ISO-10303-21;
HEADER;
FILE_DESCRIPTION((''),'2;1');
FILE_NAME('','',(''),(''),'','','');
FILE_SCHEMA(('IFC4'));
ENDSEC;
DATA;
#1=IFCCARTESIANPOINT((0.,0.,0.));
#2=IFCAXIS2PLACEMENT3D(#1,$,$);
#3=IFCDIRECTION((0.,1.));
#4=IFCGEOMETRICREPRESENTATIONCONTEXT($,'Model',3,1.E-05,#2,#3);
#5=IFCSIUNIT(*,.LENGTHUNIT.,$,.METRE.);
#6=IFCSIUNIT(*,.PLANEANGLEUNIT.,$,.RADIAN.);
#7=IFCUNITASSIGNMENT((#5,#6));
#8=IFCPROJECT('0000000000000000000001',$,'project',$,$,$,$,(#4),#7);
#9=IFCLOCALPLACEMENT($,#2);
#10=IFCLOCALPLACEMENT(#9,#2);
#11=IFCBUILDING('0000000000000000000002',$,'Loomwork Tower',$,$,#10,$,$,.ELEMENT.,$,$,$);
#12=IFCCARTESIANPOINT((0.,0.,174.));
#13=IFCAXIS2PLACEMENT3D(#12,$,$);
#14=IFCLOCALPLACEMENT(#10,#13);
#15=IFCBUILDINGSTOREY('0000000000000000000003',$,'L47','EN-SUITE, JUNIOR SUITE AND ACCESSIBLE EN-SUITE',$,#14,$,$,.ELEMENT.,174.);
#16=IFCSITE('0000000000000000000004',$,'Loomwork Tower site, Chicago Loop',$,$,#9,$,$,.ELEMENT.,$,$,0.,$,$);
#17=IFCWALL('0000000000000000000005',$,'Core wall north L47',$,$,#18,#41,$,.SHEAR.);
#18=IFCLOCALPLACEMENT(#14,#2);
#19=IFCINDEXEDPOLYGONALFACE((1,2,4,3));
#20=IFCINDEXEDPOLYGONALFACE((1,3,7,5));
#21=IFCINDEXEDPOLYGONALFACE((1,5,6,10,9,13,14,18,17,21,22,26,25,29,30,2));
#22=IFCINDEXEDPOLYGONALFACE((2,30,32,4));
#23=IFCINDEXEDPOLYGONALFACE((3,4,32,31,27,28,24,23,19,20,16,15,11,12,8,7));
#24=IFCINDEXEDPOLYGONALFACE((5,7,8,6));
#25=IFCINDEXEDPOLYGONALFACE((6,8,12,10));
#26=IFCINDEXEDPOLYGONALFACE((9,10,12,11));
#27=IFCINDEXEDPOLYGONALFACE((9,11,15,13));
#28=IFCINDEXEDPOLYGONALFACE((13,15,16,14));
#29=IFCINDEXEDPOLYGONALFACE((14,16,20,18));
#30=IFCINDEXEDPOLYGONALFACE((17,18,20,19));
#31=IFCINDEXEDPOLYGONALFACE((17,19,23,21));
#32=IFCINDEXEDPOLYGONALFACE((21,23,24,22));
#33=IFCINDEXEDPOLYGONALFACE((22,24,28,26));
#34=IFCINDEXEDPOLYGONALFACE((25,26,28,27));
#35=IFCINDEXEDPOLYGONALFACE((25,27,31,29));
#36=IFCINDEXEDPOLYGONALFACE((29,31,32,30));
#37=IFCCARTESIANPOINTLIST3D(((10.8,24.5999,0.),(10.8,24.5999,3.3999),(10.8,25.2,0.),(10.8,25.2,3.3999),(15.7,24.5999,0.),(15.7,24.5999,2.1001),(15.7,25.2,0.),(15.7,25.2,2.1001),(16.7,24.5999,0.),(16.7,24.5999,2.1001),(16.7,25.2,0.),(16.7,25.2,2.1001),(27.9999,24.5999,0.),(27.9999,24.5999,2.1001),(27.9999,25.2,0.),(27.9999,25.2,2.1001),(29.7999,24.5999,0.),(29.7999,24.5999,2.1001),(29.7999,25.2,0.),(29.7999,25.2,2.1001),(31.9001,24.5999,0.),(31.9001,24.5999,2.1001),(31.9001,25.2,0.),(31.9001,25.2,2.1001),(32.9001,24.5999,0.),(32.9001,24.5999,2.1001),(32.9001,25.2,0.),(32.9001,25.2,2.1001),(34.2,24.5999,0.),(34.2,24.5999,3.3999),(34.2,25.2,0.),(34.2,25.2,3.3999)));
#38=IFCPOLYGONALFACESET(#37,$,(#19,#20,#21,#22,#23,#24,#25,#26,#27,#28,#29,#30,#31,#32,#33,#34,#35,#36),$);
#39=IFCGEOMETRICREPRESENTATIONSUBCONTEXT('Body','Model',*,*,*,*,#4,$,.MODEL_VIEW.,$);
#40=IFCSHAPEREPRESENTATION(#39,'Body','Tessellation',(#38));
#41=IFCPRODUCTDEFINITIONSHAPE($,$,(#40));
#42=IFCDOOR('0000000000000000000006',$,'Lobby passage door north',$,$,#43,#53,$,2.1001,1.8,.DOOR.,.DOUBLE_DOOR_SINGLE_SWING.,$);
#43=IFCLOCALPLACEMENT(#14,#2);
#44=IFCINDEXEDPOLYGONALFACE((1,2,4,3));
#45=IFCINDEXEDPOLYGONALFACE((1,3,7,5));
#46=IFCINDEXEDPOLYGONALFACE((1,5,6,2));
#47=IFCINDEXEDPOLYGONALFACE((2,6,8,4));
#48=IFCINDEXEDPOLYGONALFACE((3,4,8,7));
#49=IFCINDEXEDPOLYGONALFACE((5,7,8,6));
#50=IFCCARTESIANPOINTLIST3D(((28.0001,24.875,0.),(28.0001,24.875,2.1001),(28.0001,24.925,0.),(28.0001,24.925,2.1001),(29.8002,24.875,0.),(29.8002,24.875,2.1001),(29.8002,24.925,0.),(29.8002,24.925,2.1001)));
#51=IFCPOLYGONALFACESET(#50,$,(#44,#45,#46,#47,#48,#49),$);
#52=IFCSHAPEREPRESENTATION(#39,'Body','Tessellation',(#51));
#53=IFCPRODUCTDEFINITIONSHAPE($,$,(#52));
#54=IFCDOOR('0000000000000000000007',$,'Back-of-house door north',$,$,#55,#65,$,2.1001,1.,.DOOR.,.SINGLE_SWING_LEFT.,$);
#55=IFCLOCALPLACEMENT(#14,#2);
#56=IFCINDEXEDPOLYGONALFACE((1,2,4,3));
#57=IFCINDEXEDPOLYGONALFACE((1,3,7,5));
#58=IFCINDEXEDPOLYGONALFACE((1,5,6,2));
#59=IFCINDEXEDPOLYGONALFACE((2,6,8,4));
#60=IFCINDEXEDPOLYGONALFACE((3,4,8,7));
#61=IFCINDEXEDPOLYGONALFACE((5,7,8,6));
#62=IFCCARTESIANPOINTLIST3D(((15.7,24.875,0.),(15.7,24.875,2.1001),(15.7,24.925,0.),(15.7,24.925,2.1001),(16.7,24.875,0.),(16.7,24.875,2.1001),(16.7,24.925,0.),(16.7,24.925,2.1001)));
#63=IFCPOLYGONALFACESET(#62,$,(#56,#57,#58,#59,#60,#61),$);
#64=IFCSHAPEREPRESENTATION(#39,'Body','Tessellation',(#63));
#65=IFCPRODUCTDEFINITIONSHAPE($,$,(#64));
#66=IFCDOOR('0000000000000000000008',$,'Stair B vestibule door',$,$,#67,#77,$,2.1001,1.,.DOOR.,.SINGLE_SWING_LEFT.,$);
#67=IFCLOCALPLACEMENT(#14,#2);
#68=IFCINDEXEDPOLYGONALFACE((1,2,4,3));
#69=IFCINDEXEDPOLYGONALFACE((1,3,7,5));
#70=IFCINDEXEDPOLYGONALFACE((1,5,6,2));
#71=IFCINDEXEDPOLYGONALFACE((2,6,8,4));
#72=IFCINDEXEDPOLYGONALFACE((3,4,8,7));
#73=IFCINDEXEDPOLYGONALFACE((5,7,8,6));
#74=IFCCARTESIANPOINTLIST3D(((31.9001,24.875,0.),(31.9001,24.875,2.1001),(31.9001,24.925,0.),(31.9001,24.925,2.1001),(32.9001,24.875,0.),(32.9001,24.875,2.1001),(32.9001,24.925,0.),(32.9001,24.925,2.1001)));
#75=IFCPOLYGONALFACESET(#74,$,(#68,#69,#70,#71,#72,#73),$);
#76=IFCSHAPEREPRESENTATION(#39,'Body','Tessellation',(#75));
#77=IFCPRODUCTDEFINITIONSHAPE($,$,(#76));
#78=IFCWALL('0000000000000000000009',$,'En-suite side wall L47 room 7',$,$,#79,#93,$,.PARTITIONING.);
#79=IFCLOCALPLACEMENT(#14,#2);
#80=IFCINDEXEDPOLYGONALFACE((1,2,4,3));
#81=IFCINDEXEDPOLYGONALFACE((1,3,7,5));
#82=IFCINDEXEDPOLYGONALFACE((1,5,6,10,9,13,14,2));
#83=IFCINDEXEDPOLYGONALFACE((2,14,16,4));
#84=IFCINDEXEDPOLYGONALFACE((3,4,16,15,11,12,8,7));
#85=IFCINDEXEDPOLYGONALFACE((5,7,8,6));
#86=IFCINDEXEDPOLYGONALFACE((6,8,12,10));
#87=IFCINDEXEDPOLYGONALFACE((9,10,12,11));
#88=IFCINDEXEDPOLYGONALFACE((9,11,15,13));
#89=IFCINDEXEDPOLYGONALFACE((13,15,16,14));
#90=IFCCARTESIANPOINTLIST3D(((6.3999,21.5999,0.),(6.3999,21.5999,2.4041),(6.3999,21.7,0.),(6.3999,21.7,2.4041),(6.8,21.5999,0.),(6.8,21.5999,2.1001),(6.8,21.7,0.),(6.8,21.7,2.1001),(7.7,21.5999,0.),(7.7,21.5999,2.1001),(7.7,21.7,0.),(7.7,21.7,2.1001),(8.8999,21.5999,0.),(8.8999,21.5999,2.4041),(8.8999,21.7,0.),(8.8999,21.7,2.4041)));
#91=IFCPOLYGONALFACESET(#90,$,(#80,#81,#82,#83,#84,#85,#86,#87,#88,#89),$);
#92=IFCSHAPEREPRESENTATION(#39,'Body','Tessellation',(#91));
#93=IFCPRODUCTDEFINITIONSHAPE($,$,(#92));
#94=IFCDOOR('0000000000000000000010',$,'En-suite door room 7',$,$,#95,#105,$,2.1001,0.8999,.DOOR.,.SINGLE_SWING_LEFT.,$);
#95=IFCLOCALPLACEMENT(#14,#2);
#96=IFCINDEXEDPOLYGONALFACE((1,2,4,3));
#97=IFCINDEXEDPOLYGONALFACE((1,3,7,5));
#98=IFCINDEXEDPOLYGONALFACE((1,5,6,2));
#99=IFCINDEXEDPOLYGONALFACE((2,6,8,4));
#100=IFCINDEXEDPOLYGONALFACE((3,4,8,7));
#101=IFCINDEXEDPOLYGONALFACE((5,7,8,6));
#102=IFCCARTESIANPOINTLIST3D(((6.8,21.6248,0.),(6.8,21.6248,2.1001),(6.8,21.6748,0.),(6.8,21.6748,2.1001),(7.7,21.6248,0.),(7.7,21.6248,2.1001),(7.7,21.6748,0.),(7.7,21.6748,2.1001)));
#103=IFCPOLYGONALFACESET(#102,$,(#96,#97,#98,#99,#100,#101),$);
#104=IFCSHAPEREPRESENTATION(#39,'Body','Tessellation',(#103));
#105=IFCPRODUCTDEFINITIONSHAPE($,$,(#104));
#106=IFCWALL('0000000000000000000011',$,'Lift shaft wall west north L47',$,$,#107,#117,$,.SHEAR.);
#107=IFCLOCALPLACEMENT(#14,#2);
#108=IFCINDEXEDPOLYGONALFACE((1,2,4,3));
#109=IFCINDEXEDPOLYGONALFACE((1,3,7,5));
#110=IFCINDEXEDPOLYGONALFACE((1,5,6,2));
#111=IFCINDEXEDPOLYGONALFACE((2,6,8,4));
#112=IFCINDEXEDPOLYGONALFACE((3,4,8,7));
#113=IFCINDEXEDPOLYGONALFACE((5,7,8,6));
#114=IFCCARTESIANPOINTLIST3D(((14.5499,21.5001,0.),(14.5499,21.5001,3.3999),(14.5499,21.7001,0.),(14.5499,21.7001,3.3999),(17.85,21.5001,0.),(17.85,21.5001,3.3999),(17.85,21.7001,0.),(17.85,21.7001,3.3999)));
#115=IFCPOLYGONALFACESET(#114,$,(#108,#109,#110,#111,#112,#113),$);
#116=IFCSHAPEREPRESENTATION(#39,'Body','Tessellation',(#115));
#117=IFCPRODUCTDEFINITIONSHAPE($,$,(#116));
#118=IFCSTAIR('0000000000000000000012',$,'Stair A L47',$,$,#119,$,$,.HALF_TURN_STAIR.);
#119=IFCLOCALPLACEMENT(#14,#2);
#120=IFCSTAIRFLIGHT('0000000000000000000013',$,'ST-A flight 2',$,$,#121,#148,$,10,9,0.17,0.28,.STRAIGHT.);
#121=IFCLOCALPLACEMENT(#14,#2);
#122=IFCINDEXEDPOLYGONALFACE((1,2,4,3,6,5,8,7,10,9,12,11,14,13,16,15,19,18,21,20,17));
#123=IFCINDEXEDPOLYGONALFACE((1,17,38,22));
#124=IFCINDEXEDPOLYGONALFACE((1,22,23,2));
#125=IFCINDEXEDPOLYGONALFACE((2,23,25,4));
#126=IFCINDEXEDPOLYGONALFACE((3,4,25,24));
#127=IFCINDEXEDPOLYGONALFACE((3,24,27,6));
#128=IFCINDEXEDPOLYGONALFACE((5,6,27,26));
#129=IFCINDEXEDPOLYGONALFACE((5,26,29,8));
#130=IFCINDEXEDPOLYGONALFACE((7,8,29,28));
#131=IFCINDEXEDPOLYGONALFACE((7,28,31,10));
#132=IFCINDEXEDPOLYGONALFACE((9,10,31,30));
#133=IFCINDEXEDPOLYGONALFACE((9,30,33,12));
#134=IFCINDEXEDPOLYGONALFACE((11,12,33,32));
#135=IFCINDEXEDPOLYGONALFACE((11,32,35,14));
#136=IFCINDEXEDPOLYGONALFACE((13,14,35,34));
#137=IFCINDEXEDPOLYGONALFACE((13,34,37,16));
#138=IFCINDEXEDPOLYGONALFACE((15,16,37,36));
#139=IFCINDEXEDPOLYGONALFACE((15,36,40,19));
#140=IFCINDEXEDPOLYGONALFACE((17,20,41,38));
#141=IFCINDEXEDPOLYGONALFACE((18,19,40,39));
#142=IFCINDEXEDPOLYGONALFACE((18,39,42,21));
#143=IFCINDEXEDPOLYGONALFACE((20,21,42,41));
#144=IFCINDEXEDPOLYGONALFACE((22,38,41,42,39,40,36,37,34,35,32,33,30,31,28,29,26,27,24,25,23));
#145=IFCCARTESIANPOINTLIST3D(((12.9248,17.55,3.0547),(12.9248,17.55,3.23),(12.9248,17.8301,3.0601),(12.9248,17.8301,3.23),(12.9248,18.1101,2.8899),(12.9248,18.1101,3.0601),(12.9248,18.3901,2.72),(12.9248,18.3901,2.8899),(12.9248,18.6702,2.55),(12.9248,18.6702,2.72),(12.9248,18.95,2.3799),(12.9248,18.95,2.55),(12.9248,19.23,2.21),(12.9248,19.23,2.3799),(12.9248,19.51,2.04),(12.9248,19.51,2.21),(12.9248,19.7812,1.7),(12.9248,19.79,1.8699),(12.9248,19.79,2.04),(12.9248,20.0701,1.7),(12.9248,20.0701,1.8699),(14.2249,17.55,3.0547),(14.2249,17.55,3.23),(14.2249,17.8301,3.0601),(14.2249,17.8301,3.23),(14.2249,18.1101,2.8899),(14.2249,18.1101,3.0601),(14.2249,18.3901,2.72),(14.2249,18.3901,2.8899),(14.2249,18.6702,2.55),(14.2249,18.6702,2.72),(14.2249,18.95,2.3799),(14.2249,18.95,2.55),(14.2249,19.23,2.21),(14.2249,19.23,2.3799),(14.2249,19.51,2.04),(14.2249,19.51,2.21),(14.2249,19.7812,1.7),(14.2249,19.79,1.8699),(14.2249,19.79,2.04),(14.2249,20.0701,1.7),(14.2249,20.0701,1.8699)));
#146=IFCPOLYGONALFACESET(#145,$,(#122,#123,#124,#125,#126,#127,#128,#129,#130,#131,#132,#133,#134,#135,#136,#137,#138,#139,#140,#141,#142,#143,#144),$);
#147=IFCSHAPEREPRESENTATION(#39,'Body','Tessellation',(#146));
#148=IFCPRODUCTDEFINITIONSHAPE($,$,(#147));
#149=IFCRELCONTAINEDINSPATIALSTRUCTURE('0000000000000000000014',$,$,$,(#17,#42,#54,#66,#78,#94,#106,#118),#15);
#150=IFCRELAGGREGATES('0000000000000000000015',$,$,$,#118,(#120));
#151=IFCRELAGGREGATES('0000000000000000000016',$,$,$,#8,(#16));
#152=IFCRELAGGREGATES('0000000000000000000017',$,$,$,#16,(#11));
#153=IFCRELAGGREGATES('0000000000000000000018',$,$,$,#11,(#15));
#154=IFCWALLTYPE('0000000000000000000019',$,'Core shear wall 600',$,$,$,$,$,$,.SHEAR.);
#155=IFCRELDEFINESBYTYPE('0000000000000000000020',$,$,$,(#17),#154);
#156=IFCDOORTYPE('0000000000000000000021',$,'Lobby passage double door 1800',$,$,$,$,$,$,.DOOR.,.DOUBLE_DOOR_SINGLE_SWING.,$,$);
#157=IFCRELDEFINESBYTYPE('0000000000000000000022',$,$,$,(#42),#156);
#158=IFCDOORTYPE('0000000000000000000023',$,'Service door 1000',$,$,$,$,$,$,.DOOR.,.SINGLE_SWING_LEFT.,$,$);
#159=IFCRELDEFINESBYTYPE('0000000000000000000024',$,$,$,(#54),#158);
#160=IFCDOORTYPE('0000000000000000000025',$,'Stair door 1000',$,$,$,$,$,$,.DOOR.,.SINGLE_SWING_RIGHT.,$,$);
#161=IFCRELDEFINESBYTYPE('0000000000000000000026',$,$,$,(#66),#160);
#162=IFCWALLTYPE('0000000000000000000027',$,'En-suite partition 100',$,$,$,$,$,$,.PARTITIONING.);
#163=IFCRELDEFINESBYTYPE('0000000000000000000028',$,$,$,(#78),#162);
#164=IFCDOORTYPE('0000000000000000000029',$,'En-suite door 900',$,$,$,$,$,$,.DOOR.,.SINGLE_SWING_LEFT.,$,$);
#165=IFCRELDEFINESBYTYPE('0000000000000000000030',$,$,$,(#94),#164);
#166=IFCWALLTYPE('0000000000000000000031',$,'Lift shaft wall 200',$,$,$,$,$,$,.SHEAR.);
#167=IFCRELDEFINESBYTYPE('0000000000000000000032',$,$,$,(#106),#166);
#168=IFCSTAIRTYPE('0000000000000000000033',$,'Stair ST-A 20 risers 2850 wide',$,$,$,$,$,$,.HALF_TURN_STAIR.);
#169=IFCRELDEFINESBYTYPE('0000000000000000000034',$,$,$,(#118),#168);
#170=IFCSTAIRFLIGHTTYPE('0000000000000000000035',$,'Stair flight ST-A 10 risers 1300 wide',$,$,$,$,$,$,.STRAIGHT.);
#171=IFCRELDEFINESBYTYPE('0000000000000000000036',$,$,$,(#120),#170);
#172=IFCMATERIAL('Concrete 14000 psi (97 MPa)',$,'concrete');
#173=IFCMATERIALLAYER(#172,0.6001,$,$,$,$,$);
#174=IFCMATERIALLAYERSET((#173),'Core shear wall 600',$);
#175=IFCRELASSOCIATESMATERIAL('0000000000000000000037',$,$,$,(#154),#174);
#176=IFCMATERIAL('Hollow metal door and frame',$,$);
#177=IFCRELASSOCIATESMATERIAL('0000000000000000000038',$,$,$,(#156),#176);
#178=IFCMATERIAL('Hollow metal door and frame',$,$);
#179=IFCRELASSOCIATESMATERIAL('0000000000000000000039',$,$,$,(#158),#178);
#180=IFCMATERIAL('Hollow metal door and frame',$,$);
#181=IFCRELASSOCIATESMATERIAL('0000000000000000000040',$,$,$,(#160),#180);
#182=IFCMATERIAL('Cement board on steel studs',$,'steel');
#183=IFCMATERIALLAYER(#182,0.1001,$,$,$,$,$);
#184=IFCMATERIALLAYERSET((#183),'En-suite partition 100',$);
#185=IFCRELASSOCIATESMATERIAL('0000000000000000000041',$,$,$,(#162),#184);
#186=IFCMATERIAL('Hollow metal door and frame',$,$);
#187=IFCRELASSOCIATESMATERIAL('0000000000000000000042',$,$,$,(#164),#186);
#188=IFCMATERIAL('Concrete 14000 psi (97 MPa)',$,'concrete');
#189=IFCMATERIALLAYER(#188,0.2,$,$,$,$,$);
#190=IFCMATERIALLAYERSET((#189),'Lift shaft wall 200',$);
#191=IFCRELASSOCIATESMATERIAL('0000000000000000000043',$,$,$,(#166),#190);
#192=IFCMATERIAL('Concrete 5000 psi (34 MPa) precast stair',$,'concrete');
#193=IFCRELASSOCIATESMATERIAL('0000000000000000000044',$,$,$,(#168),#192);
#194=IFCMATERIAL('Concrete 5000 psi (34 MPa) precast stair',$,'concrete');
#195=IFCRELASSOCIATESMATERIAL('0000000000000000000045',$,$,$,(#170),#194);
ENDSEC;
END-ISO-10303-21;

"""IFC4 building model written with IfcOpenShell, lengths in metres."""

from ifc_helpers import new_model, si_unit, direction, frame, frame_2d, origin, place, context, subcontext, project, spatial, polyline, rectangle, outline, extrude, material, layer, layer_set, type_object, element, fill, aggregate, save


model = new_model("IFC4")

# Units and contexts
model_context = context("Model", 3, precision=1e-05, world=origin(), true_north=direction((0.0, 1.0)))
body_context = subcontext(model_context, "Body", "Model", "MODEL_VIEW")
ifc_project = project(units=[si_unit("LENGTHUNIT", "METRE"), si_unit("PLANEANGLEUNIT", "RADIAN")], contexts=[model_context])

# Site, building, storey
site_placement = place(None, origin())
site = spatial("IfcSite", under=ifc_project, at=site_placement, Name="Loomwork Tower site, Chicago Loop", CompositionType="ELEMENT", RefElevation=0.0)
building_placement = place(site_placement, origin())
building = spatial("IfcBuilding", under=site, at=building_placement, Name="Loomwork Tower", CompositionType="ELEMENT")
storey_placement = place(building_placement, frame((0.0, 0.0, 174.0)))
storey = spatial("IfcBuildingStorey", under=building, at=storey_placement, Name="L47", Description="EN-SUITE, JUNIOR SUITE AND ACCESSIBLE EN-SUITE", CompositionType="ELEMENT", Elevation=174.0)

# Wall, openings, doors
ifc_material_1 = material(Name="Concrete 14000 psi (97 MPa)", Category="concrete")
ifc_layer_1 = layer(ifc_material_1, 0.6001)
ifc_layer_set_1 = layer_set([ifc_layer_1], Name="Core shear wall 600")
wall_type_1 = type_object("IfcWallType", Name="Core shear wall 600", PredefinedType="SHEAR", material=ifc_layer_set_1)
wall_1_placement = place(storey_placement, frame((10.8, 24.8999, 0.0), z_axis=(0.0, 0.0, 1.0), x_axis=(1.0, 0.0, 0.0)))
wall_1 = element("IfcWall", 1, at=wall_1_placement, inside=storey, type_object=wall_type_1, Name="Core wall north L47", PredefinedType="SHEAR", context=body_context, shape_type="SweptSolid", body=[
    extrude(rectangle(XDim=23.3999, YDim=0.6001, at=frame_2d((11.7, 0.0))), origin(), (0.0, 0.0, 1.0), 3.3999),
])
opening_1_placement = place(wall_1_placement, frame((17.2, 0.0, 0.0)))
opening_1 = element("IfcOpeningElement", 2, at=opening_1_placement, cuts=wall_1, PredefinedType="OPENING", context=body_context, shape_type="SweptSolid", body=[
    extrude(rectangle(XDim=1.8, YDim=2.1001, at=frame_2d((0.8999, 1.05))), frame((0.0, 0.3101, 0.0), z_axis=(0.0, -1.0, 0.0), x_axis=(1.0, 0.0, 0.0)), (0.0, 0.0, 1.0), 0.6201),
])
opening_2_placement = place(wall_1_placement, frame((21.1001, 0.0, 0.0)))
opening_2 = element("IfcOpeningElement", 3, at=opening_2_placement, cuts=wall_1, PredefinedType="OPENING", context=body_context, shape_type="SweptSolid", body=[
    extrude(rectangle(XDim=1.0, YDim=2.1001, at=frame_2d((0.5, 1.05))), frame((0.0, 0.3101, 0.0), z_axis=(0.0, -1.0, 0.0), x_axis=(1.0, 0.0, 0.0)), (0.0, 0.0, 1.0), 0.6201),
])
opening_3_placement = place(wall_1_placement, frame((4.8999, 0.0, 0.0)))
opening_3 = element("IfcOpeningElement", 4, at=opening_3_placement, cuts=wall_1, PredefinedType="OPENING", context=body_context, shape_type="SweptSolid", body=[
    extrude(rectangle(XDim=1.0, YDim=2.1001, at=frame_2d((0.5, 1.05))), frame((0.0, 0.3101, 0.0), z_axis=(0.0, -1.0, 0.0), x_axis=(1.0, 0.0, 0.0)), (0.0, 0.0, 1.0), 0.6201),
])
ifc_material_2 = material(Name="Hollow metal door and frame")
door_type_1 = type_object("IfcDoorType", Name="Lobby passage double door 1800", OperationType="DOUBLE_DOOR_SINGLE_SWING", PredefinedType="DOOR", material=ifc_material_2)
door_1_placement = place(opening_1_placement, frame((1.8, 0.0, 0.0), z_axis=(0.0, 0.0, 1.0), x_axis=(-1.0, 0.0, 0.0)))
door_1 = element("IfcDoor", 5, at=door_1_placement, inside=storey, type_object=door_type_1, Name="Lobby passage door north", OperationType="DOUBLE_DOOR_SINGLE_SWING", OverallHeight=2.1001, OverallWidth=1.8, PredefinedType="DOOR", context=body_context, shape_type="SweptSolid", body=[
    extrude(rectangle(XDim=1.8, YDim=2.1001, at=frame_2d((0.8999, 1.05))), frame((0.0, 0.0249, 0.0), z_axis=(0.0, -1.0, 0.0), x_axis=(1.0, 0.0, 0.0)), (0.0, 0.0, 1.0), 0.05),
])
fill(opening_1, door_1)
ifc_material_3 = material(Name="Hollow metal door and frame")
door_type_2 = type_object("IfcDoorType", Name="Service door 1000", OperationType="SINGLE_SWING_LEFT", PredefinedType="DOOR", material=ifc_material_3)
door_2_placement = place(opening_3_placement, frame((1.0, 0.0, 0.0), z_axis=(0.0, 0.0, 1.0), x_axis=(-1.0, 0.0, 0.0)))
door_2 = element("IfcDoor", 6, at=door_2_placement, inside=storey, type_object=door_type_2, Name="Back-of-house door north", OperationType="SINGLE_SWING_LEFT", OverallHeight=2.1001, OverallWidth=1.0, PredefinedType="DOOR", context=body_context, shape_type="SweptSolid", body=[
    extrude(rectangle(XDim=1.0, YDim=2.1001, at=frame_2d((0.5, 1.05))), frame((0.0, 0.0249, 0.0), z_axis=(0.0, -1.0, 0.0), x_axis=(1.0, 0.0, 0.0)), (0.0, 0.0, 1.0), 0.05),
])
fill(opening_3, door_2)
ifc_material_4 = material(Name="Hollow metal door and frame")
door_type_3 = type_object("IfcDoorType", Name="Stair door 1000", OperationType="SINGLE_SWING_RIGHT", PredefinedType="DOOR", material=ifc_material_4)
door_3_placement = place(opening_2_placement, frame((1.0, 0.0, 0.0), z_axis=(0.0, 0.0, 1.0), x_axis=(-1.0, 0.0, 0.0)))
door_3 = element("IfcDoor", 7, at=door_3_placement, inside=storey, type_object=door_type_3, Name="Stair B vestibule door", OperationType="SINGLE_SWING_LEFT", OverallHeight=2.1001, OverallWidth=1.0, PredefinedType="DOOR", context=body_context, shape_type="SweptSolid", body=[
    extrude(rectangle(XDim=1.0, YDim=2.1001, at=frame_2d((0.5, 1.05))), frame((0.0, 0.0249, 0.0), z_axis=(0.0, -1.0, 0.0), x_axis=(1.0, 0.0, 0.0)), (0.0, 0.0, 1.0), 0.05),
])
fill(opening_2, door_3)

# Wall, opening, door
ifc_material_5 = material(Name="Cement board on steel studs", Category="steel")
ifc_layer_2 = layer(ifc_material_5, 0.1001)
ifc_layer_set_2 = layer_set([ifc_layer_2], Name="En-suite partition 100")
wall_type_2 = type_object("IfcWallType", Name="En-suite partition 100", PredefinedType="PARTITIONING", material=ifc_layer_set_2)
wall_2_placement = place(storey_placement, frame((8.8999, 21.6499, 0.0), z_axis=(0.0, 0.0, 1.0), x_axis=(-1.0, 0.0, 0.0)))
wall_2 = element("IfcWall", 8, at=wall_2_placement, inside=storey, type_object=wall_type_2, Name="En-suite side wall L47 room 7", PredefinedType="PARTITIONING", context=body_context, shape_type="SweptSolid", body=[
    extrude(rectangle(XDim=2.5, YDim=0.1001, at=frame_2d((1.25, 0.0))), origin(), (0.0, 0.0, 1.0), 2.4041),
])
opening_4_placement = place(wall_2_placement, frame((1.2, 0.0, 0.0)))
opening_4 = element("IfcOpeningElement", 9, at=opening_4_placement, cuts=wall_2, PredefinedType="OPENING", context=body_context, shape_type="SweptSolid", body=[
    extrude(rectangle(XDim=0.8999, YDim=2.1001, at=frame_2d((0.45, 1.05))), frame((0.0, 0.0601, 0.0), z_axis=(0.0, -1.0, 0.0), x_axis=(1.0, 0.0, 0.0)), (0.0, 0.0, 1.0), 0.1201),
])
ifc_material_6 = material(Name="Hollow metal door and frame")
door_type_4 = type_object("IfcDoorType", Name="En-suite door 900", OperationType="SINGLE_SWING_LEFT", PredefinedType="DOOR", material=ifc_material_6)
door_4_placement = place(opening_4_placement, frame((0.8999, 0.0, 0.0), z_axis=(0.0, 0.0, 1.0), x_axis=(-1.0, 0.0, 0.0)))
door_4 = element("IfcDoor", 10, at=door_4_placement, inside=storey, type_object=door_type_4, Name="En-suite door room 7", OperationType="SINGLE_SWING_LEFT", OverallHeight=2.1001, OverallWidth=0.8999, PredefinedType="DOOR", context=body_context, shape_type="SweptSolid", body=[
    extrude(rectangle(XDim=0.8999, YDim=2.1001, at=frame_2d((0.45, 1.05))), frame((0.0, 0.0249, 0.0), z_axis=(0.0, -1.0, 0.0), x_axis=(1.0, 0.0, 0.0)), (0.0, 0.0, 1.0), 0.05),
])
fill(opening_4, door_4)

# Wall
ifc_material_7 = material(Name="Concrete 14000 psi (97 MPa)", Category="concrete")
ifc_layer_3 = layer(ifc_material_7, 0.2)
ifc_layer_set_3 = layer_set([ifc_layer_3], Name="Lift shaft wall 200")
wall_type_3 = type_object("IfcWallType", Name="Lift shaft wall 200", PredefinedType="SHEAR", material=ifc_layer_set_3)
wall_3_placement = place(storey_placement, frame((14.55, 21.6001, 0.0), z_axis=(0.0, 0.0, 1.0), x_axis=(1.0, 0.0, 0.0)))
element("IfcWall", 11, at=wall_3_placement, inside=storey, type_object=wall_type_3, Name="Lift shaft wall west north L47", PredefinedType="SHEAR", context=body_context, shape_type="SweptSolid", body=[
    extrude(rectangle(XDim=3.3, YDim=0.2, at=frame_2d((1.6499, 0.0))), origin(), (0.0, 0.0, 1.0), 3.3999),
])

# Stair, stair flight
ifc_material_8 = material(Name="Concrete 5000 psi (34 MPa) precast stair", Category="concrete")
stair_type = type_object("IfcStairType", Name="Stair ST-A 20 risers 2850 wide", PredefinedType="HALF_TURN_STAIR", material=ifc_material_8)
stair_placement = place(storey_placement, origin())
stair = element("IfcStair", 12, at=stair_placement, inside=storey, type_object=stair_type, Name="Stair A L47", PredefinedType="HALF_TURN_STAIR")
ifc_material_9 = material(Name="Concrete 5000 psi (34 MPa) precast stair", Category="concrete")
stair_flight_type = type_object("IfcStairFlightType", Name="Stair flight ST-A 10 risers 1300 wide", PredefinedType="STRAIGHT", material=ifc_material_9)
stair_flight_placement = place(storey_placement, frame((13.575, 20.0701, 1.7), z_axis=(0.0, 0.0, 1.0), x_axis=(0.0, -1.0, 0.0)))
stair_flight = element("IfcStairFlight", 13, at=stair_flight_placement, type_object=stair_flight_type, Name="ST-A flight 2", NumberOfRisers=10, NumberOfTreads=9, PredefinedType="STRAIGHT", RiserHeight=0.17, TreadLength=0.28, context=body_context, shape_type="SweptSolid", body=[
    extrude(outline(polyline([(0.0, 0.0), (0.0, 0.1699), (0.28, 0.1699), (0.28, 0.3401), (0.5601, 0.3401), (0.5601, 0.51), (0.8401, 0.51), (0.8401, 0.6799), (1.1201, 0.6799), (1.1201, 0.8501), (1.3999, 0.8501), (1.3999, 1.02), (1.6799, 1.02), (1.6799, 1.1899), (1.96, 1.1899), (1.96, 1.3601), (2.24, 1.3601), (2.24, 1.53), (2.52, 1.53), (2.52, 1.7), (2.52, 1.3547), (0.2888, 0.0), (0.0, 0.0)])), frame((0.0, 0.6499, 0.0), z_axis=(0.0, -1.0, 0.0), x_axis=(1.0, 0.0, 0.0)), (0.0, 0.0, 1.0), 1.3),
])
aggregate(stair, [stair_flight])

save(model, "model.ifc")
